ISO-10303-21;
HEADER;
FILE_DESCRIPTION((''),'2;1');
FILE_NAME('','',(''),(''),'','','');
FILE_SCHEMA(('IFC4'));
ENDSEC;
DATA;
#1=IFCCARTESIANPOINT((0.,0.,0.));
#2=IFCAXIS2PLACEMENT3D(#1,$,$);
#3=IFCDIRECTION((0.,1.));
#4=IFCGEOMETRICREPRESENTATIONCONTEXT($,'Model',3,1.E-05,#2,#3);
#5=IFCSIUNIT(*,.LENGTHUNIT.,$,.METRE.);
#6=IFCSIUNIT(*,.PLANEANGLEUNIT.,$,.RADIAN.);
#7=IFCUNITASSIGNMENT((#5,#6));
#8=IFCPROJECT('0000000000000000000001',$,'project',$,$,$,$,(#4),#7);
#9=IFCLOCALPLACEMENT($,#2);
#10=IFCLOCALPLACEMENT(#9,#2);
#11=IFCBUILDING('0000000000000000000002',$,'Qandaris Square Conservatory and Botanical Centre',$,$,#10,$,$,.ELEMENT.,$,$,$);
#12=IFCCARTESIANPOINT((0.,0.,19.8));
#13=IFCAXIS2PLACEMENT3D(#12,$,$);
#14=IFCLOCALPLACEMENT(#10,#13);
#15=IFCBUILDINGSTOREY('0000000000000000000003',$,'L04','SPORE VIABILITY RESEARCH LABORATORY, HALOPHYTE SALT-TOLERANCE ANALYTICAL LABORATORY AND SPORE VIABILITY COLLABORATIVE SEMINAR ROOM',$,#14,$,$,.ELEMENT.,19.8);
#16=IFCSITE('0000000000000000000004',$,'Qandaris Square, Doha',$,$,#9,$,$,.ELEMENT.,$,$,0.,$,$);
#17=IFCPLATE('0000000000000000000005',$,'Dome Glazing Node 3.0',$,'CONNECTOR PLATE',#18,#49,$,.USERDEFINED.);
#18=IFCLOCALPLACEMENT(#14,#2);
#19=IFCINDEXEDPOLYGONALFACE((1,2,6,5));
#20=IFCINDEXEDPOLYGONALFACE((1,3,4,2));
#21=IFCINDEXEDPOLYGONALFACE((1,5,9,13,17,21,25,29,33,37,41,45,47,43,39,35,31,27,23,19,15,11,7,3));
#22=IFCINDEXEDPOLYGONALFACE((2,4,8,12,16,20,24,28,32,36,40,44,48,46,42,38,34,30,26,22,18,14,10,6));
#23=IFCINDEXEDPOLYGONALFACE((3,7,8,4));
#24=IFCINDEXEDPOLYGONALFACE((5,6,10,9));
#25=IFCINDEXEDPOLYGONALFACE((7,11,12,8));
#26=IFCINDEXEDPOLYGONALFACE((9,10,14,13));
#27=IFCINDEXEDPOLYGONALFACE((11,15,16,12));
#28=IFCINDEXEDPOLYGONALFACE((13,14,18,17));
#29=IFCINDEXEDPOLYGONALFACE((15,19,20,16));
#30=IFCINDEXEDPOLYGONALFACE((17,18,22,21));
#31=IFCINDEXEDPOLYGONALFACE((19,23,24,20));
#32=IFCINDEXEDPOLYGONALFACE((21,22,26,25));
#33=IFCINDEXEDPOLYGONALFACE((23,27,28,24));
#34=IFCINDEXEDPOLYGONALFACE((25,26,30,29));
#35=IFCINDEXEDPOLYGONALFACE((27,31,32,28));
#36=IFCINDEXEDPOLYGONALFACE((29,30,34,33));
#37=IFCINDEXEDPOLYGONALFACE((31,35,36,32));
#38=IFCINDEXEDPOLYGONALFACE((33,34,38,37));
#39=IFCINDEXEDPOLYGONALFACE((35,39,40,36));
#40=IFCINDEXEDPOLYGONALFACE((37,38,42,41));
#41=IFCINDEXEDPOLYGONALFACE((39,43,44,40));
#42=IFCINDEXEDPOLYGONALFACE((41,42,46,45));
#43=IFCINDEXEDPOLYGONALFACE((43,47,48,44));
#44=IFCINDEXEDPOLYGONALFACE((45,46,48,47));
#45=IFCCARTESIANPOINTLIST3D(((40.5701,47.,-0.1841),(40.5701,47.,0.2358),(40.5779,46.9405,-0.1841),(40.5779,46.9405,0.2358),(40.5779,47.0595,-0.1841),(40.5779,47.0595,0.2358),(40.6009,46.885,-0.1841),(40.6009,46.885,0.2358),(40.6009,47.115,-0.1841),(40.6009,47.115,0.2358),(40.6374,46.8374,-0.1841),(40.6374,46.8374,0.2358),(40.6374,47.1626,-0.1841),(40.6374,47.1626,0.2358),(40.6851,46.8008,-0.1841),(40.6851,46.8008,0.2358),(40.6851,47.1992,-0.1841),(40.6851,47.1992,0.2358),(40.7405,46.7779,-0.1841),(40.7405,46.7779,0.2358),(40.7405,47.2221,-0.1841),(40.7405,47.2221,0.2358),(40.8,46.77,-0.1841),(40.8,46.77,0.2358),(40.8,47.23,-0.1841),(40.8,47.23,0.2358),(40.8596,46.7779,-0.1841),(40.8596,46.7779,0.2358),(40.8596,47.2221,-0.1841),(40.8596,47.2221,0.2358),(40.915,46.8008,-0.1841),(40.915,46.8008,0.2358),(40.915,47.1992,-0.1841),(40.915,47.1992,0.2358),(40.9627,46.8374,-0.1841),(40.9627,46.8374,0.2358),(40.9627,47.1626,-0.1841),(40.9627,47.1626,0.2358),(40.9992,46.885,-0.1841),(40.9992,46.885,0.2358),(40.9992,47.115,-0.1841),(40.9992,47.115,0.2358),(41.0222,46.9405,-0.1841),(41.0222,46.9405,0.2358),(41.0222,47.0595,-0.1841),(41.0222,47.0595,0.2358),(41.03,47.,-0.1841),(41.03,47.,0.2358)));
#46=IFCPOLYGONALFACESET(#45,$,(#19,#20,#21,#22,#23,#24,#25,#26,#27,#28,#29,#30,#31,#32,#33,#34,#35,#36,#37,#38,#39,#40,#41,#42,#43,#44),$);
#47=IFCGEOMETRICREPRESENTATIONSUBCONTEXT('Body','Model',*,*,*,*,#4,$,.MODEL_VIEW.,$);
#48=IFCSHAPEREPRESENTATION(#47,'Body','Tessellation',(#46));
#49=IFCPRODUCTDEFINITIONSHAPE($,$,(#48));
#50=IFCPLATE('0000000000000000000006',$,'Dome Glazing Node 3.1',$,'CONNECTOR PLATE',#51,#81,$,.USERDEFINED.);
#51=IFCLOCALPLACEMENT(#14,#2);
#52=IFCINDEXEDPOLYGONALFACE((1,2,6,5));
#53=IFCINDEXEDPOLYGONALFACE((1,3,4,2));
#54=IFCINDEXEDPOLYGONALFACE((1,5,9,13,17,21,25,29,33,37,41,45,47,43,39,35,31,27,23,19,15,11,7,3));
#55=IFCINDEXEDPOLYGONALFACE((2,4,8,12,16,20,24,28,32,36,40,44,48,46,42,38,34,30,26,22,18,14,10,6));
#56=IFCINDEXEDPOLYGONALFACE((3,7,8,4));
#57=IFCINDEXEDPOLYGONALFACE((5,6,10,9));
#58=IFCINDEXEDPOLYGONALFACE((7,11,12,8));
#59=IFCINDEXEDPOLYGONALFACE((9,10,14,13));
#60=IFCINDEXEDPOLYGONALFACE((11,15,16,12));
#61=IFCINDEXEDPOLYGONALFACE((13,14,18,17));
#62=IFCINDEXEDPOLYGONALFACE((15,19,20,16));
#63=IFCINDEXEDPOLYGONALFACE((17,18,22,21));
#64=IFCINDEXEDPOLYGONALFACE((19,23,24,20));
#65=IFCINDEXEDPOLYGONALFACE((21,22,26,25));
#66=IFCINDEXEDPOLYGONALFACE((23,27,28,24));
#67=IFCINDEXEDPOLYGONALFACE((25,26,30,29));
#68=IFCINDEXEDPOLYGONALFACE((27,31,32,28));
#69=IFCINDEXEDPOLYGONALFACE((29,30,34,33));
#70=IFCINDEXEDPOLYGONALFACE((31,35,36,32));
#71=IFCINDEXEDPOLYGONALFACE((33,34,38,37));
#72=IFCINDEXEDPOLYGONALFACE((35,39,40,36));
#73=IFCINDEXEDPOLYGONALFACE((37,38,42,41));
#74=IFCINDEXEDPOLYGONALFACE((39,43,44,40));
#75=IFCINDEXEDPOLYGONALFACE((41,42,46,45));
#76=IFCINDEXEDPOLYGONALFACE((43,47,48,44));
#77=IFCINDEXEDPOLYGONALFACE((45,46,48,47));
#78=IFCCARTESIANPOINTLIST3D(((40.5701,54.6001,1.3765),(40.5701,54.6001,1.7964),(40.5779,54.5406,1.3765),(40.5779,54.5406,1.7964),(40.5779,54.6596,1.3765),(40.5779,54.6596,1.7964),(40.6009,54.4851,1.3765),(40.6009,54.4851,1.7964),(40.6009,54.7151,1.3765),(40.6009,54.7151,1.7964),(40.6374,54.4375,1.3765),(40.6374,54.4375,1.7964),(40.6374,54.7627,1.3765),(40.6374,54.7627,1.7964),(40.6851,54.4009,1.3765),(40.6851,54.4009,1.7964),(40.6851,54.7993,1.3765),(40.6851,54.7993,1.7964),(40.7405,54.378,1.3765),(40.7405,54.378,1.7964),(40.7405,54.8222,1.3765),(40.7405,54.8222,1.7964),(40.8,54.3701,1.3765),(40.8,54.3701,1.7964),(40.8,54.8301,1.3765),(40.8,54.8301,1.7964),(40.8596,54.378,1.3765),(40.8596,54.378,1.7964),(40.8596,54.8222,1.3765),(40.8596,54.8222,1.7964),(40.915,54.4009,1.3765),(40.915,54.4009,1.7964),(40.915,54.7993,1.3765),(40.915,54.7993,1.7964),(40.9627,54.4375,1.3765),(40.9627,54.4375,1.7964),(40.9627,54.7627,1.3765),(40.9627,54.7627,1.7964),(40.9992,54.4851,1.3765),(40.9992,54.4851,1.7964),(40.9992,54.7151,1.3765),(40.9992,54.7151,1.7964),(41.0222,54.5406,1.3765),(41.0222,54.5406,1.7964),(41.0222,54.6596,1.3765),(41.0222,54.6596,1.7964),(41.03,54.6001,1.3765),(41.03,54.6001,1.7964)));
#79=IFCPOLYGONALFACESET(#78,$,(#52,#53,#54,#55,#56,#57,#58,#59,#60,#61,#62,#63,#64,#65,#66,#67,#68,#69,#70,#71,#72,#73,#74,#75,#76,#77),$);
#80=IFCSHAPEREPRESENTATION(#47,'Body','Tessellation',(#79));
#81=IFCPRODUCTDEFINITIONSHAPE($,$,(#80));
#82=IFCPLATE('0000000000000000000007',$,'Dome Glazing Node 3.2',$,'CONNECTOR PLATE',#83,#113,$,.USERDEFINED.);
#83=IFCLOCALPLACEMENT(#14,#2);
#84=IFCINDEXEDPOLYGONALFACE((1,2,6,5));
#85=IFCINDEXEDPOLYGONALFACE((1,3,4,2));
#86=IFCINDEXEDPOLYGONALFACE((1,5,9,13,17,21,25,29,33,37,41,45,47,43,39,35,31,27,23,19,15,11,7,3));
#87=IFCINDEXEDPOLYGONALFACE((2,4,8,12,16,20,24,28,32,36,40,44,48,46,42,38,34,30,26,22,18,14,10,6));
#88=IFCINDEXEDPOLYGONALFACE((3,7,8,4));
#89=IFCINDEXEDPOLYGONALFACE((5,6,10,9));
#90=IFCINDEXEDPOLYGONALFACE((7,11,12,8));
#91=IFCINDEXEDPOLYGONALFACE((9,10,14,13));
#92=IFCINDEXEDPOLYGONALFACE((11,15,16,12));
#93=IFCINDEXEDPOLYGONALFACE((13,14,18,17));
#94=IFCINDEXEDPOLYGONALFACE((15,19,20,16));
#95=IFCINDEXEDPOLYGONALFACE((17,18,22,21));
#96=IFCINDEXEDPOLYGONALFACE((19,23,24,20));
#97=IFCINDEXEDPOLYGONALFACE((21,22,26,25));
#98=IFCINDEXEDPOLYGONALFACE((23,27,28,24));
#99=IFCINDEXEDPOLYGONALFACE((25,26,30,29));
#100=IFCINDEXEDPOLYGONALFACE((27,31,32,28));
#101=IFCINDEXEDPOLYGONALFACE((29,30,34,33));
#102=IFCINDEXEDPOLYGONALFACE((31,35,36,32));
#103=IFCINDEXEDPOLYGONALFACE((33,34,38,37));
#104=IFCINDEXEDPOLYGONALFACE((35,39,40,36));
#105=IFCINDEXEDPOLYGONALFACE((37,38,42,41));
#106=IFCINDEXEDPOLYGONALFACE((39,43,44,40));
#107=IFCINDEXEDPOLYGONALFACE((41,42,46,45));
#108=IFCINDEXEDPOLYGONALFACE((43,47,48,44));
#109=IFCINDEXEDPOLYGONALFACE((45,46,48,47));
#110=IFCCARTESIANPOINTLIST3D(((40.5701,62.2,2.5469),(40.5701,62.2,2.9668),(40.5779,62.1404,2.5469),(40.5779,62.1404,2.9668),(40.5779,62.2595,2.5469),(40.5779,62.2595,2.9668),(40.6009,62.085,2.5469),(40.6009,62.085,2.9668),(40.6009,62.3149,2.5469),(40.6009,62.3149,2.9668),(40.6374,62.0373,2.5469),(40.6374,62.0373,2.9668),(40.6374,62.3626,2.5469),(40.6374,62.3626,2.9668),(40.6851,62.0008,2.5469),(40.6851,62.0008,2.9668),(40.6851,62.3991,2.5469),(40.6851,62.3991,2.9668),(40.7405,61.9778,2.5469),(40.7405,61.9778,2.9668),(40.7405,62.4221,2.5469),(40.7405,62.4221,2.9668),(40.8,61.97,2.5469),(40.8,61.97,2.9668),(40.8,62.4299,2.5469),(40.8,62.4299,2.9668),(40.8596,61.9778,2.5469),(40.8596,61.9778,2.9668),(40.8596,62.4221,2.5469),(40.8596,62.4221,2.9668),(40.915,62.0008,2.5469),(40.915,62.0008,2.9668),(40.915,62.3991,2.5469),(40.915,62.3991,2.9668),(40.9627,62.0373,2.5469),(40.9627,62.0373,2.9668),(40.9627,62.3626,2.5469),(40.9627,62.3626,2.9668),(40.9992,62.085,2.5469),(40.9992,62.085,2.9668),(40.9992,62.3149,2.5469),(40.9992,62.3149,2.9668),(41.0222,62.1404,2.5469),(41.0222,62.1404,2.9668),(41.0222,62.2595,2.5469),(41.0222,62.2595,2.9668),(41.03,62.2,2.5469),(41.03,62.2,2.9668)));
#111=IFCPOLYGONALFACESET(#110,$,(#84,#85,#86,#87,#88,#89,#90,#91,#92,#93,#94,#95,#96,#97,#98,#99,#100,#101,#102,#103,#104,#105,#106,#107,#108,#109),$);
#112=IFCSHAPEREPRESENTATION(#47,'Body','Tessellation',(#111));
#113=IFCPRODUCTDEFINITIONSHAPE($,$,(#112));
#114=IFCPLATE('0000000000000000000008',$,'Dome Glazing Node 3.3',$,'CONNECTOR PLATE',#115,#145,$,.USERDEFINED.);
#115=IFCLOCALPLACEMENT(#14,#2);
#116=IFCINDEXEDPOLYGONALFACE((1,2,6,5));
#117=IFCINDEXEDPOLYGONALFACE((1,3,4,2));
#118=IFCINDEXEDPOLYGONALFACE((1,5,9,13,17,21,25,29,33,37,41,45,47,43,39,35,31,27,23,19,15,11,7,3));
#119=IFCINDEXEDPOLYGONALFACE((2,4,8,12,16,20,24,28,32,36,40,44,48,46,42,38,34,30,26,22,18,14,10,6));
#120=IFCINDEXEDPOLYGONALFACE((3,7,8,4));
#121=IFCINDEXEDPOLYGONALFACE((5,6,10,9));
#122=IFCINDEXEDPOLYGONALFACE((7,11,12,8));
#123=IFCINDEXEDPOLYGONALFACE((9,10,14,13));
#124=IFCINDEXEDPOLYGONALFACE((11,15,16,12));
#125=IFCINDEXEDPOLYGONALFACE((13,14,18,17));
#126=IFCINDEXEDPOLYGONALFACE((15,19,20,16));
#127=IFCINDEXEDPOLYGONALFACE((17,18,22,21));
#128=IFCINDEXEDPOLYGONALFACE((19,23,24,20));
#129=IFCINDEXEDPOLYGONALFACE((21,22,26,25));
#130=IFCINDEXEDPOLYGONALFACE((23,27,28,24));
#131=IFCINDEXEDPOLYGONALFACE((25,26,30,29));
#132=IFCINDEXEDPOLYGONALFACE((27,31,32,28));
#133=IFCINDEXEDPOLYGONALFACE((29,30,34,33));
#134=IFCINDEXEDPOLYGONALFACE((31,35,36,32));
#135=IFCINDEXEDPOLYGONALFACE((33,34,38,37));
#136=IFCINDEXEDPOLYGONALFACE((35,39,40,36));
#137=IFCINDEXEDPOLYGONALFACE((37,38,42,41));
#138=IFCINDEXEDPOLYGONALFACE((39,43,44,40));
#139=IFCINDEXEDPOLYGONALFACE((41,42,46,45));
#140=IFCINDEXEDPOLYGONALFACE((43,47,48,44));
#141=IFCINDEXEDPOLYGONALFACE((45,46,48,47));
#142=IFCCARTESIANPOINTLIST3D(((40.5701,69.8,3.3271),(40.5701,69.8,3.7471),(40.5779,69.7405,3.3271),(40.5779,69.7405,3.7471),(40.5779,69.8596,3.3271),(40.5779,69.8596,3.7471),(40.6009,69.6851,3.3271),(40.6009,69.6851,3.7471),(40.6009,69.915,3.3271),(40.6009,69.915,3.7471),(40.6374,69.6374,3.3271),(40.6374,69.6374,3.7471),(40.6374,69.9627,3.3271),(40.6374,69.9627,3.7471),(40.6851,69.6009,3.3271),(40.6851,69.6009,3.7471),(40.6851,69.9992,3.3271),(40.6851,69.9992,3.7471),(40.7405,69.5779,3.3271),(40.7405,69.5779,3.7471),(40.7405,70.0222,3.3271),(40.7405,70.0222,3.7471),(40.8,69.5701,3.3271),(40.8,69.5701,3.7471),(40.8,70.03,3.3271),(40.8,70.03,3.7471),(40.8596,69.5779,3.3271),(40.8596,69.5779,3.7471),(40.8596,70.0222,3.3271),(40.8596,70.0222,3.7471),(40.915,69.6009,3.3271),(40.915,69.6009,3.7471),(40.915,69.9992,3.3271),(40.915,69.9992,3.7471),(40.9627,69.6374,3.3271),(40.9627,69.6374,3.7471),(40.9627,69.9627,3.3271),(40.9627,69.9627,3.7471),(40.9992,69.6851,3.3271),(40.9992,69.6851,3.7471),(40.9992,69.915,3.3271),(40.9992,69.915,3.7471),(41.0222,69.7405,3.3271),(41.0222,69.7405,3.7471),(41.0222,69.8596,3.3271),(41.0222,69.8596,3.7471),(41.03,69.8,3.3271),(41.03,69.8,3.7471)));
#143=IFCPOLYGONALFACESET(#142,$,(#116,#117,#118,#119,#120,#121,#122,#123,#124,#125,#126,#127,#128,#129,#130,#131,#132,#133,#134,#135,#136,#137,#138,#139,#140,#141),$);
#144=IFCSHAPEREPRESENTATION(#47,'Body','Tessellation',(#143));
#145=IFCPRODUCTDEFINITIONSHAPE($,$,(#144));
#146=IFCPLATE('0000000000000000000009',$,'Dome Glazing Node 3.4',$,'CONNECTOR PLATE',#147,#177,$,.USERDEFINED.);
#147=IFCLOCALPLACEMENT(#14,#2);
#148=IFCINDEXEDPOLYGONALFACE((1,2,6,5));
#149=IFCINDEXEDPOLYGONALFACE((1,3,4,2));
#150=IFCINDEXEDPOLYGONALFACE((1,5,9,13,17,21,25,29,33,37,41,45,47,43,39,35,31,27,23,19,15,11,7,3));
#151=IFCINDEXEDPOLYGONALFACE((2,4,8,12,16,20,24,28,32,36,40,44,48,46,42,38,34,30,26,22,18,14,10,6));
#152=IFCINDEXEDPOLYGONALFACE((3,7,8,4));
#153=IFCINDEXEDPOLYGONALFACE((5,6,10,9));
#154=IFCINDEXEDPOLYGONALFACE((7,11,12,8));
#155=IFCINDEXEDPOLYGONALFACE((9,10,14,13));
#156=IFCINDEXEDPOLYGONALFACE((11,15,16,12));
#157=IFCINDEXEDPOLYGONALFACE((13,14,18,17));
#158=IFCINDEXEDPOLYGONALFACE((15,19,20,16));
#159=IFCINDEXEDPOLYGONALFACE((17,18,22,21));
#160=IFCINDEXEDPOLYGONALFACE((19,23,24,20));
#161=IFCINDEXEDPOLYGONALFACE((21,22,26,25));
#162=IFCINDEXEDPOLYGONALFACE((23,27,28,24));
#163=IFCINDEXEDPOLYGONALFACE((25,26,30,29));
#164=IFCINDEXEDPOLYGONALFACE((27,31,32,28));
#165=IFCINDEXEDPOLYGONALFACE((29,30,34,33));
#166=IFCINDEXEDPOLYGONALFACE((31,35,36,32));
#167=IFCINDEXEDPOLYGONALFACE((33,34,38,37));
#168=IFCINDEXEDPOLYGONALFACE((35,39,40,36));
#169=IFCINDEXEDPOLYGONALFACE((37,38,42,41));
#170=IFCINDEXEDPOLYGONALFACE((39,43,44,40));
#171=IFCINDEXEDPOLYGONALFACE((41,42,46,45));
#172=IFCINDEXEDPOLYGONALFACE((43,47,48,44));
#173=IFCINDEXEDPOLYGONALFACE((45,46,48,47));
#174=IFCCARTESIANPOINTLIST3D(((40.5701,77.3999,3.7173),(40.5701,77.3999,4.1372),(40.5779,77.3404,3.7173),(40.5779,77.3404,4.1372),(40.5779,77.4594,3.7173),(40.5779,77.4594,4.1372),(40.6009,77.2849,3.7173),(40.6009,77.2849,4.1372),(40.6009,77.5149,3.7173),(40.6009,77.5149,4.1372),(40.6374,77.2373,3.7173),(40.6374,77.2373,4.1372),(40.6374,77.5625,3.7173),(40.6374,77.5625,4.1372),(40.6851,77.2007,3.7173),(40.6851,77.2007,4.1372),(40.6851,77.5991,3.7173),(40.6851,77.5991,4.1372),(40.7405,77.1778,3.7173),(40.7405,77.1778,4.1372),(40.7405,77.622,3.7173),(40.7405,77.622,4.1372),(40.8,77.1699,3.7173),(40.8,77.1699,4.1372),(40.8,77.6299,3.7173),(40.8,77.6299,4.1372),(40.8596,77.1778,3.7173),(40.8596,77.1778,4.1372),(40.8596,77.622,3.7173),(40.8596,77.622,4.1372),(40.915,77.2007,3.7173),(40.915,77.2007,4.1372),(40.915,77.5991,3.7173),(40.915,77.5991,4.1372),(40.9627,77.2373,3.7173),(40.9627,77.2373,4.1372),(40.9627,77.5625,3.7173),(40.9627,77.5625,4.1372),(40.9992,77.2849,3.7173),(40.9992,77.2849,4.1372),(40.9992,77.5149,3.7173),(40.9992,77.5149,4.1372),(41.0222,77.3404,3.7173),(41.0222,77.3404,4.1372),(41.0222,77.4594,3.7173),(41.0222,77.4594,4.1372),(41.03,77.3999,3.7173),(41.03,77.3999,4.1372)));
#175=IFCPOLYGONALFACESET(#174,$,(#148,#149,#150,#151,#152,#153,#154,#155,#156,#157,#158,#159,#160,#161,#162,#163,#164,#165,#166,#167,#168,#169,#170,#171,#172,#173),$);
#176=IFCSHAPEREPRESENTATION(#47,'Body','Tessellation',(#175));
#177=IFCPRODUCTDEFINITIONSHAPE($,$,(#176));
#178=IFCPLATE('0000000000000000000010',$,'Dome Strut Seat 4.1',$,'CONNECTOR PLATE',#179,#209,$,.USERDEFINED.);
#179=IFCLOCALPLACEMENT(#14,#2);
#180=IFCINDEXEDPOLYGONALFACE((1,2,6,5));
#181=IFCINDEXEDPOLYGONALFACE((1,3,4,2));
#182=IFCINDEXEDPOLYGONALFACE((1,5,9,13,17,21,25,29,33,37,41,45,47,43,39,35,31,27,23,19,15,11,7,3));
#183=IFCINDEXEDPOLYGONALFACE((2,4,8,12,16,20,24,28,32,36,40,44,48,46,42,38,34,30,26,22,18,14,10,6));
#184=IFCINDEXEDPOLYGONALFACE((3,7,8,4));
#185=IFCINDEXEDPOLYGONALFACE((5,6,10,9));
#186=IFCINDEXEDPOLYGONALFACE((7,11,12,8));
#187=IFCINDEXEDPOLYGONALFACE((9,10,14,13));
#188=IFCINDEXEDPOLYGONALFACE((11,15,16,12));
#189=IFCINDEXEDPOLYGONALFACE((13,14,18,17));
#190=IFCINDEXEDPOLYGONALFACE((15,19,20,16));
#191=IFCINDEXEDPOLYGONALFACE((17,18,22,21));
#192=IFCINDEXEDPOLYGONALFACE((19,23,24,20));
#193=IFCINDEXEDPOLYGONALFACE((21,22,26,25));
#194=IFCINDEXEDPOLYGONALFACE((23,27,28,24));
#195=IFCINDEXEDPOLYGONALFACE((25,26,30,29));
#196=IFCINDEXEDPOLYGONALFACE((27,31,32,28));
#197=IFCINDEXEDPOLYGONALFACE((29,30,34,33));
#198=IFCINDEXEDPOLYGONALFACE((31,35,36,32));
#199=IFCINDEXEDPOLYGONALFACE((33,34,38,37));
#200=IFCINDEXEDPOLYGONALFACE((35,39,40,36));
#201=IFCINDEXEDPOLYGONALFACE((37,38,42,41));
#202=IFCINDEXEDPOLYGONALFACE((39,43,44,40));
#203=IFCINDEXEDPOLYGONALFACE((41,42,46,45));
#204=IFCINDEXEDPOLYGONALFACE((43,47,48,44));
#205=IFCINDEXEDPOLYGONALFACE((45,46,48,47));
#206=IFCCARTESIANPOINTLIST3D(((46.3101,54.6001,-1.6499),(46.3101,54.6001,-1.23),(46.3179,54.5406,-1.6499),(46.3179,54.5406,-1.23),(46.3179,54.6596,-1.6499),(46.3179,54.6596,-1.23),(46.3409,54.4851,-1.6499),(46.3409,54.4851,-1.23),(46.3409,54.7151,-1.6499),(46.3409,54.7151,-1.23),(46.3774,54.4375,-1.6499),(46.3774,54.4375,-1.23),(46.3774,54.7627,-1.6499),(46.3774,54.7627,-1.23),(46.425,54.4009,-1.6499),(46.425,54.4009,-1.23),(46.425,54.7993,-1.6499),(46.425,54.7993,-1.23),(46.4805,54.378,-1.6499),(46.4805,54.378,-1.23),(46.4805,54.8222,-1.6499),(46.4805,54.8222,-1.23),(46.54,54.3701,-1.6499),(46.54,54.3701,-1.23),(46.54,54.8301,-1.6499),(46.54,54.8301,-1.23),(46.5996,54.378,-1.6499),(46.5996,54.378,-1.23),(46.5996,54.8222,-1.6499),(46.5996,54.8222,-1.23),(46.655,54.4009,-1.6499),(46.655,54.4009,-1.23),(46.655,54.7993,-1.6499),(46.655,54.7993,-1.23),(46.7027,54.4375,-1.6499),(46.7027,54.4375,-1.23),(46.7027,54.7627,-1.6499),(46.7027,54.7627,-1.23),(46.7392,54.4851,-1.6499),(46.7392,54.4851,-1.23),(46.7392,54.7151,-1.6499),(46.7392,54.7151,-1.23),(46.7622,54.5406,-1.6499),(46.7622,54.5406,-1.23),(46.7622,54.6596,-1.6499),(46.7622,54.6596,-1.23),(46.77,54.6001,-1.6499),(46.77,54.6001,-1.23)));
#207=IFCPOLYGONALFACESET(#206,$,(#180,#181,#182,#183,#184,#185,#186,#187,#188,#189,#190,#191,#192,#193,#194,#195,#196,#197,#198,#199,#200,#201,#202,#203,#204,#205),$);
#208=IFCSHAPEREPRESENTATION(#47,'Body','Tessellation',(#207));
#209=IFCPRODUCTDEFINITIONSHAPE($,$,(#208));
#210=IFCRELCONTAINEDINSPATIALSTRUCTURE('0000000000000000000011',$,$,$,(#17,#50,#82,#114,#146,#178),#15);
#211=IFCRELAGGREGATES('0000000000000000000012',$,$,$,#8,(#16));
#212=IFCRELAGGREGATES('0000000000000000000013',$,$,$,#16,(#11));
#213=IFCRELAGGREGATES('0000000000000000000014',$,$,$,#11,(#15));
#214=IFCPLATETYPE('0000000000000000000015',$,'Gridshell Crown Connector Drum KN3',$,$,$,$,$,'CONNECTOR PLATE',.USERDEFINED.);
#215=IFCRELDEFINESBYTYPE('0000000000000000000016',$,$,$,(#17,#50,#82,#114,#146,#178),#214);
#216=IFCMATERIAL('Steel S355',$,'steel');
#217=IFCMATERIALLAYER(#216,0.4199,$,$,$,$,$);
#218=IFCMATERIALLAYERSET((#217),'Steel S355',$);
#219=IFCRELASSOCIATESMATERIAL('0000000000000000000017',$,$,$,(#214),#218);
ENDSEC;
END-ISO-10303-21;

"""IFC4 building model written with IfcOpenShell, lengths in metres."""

from ifc_helpers import new_model, si_unit, direction, frame, origin, origin_2d, place, context, subcontext, project, spatial, circle, extrude, material, layer, layer_set, type_object, element, save


model = new_model("IFC4")

# Units and contexts
model_context = context("Model", 3, precision=1e-05, world=origin(), true_north=direction((0.0, 1.0)))
body_context = subcontext(model_context, "Body", "Model", "MODEL_VIEW")
ifc_project = project(units=[si_unit("LENGTHUNIT", "METRE"), si_unit("PLANEANGLEUNIT", "RADIAN")], contexts=[model_context])

# Site, building, storey
site_placement = place(None, origin())
site = spatial("IfcSite", under=ifc_project, at=site_placement, Name="Qandaris Square, Doha", CompositionType="ELEMENT", RefElevation=0.0)
building_placement = place(site_placement, origin())
building = spatial("IfcBuilding", under=site, at=building_placement, Name="Qandaris Square Conservatory and Botanical Centre", CompositionType="ELEMENT")
storey_placement = place(building_placement, frame((0.0, 0.0, 19.8)))
storey = spatial("IfcBuildingStorey", under=building, at=storey_placement, Name="L04", Description="SPORE VIABILITY RESEARCH LABORATORY, HALOPHYTE SALT-TOLERANCE ANALYTICAL LABORATORY AND SPORE VIABILITY COLLABORATIVE SEMINAR ROOM", CompositionType="ELEMENT", Elevation=19.8)

# Shared definitions
ifc_material = material(Name="Steel S355", Category="steel")

# Plates
ifc_layer_1 = layer(ifc_material, 0.4199)
ifc_layer_set_1 = layer_set([ifc_layer_1], Name="Steel S355")
plate_type = type_object("IfcPlateType", Name="Gridshell Crown Connector Drum KN3", ElementType="CONNECTOR PLATE", PredefinedType="USERDEFINED", material=ifc_layer_set_1)
for number, where, z_axis, x_axis, name in (
    (1, (40.8, 47.0, -0.1841), (0.0, 0.0, 1.0), (1.0, 0.0, 0.0), "Dome Glazing Node 3.0"),
    (2, (40.8, 54.6001, 1.3765), (0.0, 0.0, 1.0), (1.0, 0.0, 0.0), "Dome Glazing Node 3.1"),
    (3, (40.8, 62.2, 2.5469), (0.0, 0.0, 1.0), (1.0, 0.0, 0.0), "Dome Glazing Node 3.2"),
    (4, (40.8, 69.8, 3.3271), (0.0, 0.0, 1.0), (1.0, 0.0, 0.0), "Dome Glazing Node 3.3"),
    (5, (40.8, 77.3999, 3.7173), (0.0, 0.0, 1.0), (1.0, 0.0, 0.0), "Dome Glazing Node 3.4"),
    (6, (46.54, 54.6001, -1.6499), (0.0, 0.0, 1.0), (1.0, 0.0, 0.0), "Dome Strut Seat 4.1"),
):
    element("IfcPlate", number, at=place(storey_placement, frame(where, z_axis=z_axis, x_axis=x_axis)), inside=storey, type_object=plate_type, Name=name, ObjectType="CONNECTOR PLATE", PredefinedType="USERDEFINED", context=body_context, shape_type="SweptSolid", body=[
        extrude(circle(Radius=0.23, at=origin_2d()), origin(), (0.0, 0.0, 1.0), 0.4199),
    ])

save(model, "model.ifc")
